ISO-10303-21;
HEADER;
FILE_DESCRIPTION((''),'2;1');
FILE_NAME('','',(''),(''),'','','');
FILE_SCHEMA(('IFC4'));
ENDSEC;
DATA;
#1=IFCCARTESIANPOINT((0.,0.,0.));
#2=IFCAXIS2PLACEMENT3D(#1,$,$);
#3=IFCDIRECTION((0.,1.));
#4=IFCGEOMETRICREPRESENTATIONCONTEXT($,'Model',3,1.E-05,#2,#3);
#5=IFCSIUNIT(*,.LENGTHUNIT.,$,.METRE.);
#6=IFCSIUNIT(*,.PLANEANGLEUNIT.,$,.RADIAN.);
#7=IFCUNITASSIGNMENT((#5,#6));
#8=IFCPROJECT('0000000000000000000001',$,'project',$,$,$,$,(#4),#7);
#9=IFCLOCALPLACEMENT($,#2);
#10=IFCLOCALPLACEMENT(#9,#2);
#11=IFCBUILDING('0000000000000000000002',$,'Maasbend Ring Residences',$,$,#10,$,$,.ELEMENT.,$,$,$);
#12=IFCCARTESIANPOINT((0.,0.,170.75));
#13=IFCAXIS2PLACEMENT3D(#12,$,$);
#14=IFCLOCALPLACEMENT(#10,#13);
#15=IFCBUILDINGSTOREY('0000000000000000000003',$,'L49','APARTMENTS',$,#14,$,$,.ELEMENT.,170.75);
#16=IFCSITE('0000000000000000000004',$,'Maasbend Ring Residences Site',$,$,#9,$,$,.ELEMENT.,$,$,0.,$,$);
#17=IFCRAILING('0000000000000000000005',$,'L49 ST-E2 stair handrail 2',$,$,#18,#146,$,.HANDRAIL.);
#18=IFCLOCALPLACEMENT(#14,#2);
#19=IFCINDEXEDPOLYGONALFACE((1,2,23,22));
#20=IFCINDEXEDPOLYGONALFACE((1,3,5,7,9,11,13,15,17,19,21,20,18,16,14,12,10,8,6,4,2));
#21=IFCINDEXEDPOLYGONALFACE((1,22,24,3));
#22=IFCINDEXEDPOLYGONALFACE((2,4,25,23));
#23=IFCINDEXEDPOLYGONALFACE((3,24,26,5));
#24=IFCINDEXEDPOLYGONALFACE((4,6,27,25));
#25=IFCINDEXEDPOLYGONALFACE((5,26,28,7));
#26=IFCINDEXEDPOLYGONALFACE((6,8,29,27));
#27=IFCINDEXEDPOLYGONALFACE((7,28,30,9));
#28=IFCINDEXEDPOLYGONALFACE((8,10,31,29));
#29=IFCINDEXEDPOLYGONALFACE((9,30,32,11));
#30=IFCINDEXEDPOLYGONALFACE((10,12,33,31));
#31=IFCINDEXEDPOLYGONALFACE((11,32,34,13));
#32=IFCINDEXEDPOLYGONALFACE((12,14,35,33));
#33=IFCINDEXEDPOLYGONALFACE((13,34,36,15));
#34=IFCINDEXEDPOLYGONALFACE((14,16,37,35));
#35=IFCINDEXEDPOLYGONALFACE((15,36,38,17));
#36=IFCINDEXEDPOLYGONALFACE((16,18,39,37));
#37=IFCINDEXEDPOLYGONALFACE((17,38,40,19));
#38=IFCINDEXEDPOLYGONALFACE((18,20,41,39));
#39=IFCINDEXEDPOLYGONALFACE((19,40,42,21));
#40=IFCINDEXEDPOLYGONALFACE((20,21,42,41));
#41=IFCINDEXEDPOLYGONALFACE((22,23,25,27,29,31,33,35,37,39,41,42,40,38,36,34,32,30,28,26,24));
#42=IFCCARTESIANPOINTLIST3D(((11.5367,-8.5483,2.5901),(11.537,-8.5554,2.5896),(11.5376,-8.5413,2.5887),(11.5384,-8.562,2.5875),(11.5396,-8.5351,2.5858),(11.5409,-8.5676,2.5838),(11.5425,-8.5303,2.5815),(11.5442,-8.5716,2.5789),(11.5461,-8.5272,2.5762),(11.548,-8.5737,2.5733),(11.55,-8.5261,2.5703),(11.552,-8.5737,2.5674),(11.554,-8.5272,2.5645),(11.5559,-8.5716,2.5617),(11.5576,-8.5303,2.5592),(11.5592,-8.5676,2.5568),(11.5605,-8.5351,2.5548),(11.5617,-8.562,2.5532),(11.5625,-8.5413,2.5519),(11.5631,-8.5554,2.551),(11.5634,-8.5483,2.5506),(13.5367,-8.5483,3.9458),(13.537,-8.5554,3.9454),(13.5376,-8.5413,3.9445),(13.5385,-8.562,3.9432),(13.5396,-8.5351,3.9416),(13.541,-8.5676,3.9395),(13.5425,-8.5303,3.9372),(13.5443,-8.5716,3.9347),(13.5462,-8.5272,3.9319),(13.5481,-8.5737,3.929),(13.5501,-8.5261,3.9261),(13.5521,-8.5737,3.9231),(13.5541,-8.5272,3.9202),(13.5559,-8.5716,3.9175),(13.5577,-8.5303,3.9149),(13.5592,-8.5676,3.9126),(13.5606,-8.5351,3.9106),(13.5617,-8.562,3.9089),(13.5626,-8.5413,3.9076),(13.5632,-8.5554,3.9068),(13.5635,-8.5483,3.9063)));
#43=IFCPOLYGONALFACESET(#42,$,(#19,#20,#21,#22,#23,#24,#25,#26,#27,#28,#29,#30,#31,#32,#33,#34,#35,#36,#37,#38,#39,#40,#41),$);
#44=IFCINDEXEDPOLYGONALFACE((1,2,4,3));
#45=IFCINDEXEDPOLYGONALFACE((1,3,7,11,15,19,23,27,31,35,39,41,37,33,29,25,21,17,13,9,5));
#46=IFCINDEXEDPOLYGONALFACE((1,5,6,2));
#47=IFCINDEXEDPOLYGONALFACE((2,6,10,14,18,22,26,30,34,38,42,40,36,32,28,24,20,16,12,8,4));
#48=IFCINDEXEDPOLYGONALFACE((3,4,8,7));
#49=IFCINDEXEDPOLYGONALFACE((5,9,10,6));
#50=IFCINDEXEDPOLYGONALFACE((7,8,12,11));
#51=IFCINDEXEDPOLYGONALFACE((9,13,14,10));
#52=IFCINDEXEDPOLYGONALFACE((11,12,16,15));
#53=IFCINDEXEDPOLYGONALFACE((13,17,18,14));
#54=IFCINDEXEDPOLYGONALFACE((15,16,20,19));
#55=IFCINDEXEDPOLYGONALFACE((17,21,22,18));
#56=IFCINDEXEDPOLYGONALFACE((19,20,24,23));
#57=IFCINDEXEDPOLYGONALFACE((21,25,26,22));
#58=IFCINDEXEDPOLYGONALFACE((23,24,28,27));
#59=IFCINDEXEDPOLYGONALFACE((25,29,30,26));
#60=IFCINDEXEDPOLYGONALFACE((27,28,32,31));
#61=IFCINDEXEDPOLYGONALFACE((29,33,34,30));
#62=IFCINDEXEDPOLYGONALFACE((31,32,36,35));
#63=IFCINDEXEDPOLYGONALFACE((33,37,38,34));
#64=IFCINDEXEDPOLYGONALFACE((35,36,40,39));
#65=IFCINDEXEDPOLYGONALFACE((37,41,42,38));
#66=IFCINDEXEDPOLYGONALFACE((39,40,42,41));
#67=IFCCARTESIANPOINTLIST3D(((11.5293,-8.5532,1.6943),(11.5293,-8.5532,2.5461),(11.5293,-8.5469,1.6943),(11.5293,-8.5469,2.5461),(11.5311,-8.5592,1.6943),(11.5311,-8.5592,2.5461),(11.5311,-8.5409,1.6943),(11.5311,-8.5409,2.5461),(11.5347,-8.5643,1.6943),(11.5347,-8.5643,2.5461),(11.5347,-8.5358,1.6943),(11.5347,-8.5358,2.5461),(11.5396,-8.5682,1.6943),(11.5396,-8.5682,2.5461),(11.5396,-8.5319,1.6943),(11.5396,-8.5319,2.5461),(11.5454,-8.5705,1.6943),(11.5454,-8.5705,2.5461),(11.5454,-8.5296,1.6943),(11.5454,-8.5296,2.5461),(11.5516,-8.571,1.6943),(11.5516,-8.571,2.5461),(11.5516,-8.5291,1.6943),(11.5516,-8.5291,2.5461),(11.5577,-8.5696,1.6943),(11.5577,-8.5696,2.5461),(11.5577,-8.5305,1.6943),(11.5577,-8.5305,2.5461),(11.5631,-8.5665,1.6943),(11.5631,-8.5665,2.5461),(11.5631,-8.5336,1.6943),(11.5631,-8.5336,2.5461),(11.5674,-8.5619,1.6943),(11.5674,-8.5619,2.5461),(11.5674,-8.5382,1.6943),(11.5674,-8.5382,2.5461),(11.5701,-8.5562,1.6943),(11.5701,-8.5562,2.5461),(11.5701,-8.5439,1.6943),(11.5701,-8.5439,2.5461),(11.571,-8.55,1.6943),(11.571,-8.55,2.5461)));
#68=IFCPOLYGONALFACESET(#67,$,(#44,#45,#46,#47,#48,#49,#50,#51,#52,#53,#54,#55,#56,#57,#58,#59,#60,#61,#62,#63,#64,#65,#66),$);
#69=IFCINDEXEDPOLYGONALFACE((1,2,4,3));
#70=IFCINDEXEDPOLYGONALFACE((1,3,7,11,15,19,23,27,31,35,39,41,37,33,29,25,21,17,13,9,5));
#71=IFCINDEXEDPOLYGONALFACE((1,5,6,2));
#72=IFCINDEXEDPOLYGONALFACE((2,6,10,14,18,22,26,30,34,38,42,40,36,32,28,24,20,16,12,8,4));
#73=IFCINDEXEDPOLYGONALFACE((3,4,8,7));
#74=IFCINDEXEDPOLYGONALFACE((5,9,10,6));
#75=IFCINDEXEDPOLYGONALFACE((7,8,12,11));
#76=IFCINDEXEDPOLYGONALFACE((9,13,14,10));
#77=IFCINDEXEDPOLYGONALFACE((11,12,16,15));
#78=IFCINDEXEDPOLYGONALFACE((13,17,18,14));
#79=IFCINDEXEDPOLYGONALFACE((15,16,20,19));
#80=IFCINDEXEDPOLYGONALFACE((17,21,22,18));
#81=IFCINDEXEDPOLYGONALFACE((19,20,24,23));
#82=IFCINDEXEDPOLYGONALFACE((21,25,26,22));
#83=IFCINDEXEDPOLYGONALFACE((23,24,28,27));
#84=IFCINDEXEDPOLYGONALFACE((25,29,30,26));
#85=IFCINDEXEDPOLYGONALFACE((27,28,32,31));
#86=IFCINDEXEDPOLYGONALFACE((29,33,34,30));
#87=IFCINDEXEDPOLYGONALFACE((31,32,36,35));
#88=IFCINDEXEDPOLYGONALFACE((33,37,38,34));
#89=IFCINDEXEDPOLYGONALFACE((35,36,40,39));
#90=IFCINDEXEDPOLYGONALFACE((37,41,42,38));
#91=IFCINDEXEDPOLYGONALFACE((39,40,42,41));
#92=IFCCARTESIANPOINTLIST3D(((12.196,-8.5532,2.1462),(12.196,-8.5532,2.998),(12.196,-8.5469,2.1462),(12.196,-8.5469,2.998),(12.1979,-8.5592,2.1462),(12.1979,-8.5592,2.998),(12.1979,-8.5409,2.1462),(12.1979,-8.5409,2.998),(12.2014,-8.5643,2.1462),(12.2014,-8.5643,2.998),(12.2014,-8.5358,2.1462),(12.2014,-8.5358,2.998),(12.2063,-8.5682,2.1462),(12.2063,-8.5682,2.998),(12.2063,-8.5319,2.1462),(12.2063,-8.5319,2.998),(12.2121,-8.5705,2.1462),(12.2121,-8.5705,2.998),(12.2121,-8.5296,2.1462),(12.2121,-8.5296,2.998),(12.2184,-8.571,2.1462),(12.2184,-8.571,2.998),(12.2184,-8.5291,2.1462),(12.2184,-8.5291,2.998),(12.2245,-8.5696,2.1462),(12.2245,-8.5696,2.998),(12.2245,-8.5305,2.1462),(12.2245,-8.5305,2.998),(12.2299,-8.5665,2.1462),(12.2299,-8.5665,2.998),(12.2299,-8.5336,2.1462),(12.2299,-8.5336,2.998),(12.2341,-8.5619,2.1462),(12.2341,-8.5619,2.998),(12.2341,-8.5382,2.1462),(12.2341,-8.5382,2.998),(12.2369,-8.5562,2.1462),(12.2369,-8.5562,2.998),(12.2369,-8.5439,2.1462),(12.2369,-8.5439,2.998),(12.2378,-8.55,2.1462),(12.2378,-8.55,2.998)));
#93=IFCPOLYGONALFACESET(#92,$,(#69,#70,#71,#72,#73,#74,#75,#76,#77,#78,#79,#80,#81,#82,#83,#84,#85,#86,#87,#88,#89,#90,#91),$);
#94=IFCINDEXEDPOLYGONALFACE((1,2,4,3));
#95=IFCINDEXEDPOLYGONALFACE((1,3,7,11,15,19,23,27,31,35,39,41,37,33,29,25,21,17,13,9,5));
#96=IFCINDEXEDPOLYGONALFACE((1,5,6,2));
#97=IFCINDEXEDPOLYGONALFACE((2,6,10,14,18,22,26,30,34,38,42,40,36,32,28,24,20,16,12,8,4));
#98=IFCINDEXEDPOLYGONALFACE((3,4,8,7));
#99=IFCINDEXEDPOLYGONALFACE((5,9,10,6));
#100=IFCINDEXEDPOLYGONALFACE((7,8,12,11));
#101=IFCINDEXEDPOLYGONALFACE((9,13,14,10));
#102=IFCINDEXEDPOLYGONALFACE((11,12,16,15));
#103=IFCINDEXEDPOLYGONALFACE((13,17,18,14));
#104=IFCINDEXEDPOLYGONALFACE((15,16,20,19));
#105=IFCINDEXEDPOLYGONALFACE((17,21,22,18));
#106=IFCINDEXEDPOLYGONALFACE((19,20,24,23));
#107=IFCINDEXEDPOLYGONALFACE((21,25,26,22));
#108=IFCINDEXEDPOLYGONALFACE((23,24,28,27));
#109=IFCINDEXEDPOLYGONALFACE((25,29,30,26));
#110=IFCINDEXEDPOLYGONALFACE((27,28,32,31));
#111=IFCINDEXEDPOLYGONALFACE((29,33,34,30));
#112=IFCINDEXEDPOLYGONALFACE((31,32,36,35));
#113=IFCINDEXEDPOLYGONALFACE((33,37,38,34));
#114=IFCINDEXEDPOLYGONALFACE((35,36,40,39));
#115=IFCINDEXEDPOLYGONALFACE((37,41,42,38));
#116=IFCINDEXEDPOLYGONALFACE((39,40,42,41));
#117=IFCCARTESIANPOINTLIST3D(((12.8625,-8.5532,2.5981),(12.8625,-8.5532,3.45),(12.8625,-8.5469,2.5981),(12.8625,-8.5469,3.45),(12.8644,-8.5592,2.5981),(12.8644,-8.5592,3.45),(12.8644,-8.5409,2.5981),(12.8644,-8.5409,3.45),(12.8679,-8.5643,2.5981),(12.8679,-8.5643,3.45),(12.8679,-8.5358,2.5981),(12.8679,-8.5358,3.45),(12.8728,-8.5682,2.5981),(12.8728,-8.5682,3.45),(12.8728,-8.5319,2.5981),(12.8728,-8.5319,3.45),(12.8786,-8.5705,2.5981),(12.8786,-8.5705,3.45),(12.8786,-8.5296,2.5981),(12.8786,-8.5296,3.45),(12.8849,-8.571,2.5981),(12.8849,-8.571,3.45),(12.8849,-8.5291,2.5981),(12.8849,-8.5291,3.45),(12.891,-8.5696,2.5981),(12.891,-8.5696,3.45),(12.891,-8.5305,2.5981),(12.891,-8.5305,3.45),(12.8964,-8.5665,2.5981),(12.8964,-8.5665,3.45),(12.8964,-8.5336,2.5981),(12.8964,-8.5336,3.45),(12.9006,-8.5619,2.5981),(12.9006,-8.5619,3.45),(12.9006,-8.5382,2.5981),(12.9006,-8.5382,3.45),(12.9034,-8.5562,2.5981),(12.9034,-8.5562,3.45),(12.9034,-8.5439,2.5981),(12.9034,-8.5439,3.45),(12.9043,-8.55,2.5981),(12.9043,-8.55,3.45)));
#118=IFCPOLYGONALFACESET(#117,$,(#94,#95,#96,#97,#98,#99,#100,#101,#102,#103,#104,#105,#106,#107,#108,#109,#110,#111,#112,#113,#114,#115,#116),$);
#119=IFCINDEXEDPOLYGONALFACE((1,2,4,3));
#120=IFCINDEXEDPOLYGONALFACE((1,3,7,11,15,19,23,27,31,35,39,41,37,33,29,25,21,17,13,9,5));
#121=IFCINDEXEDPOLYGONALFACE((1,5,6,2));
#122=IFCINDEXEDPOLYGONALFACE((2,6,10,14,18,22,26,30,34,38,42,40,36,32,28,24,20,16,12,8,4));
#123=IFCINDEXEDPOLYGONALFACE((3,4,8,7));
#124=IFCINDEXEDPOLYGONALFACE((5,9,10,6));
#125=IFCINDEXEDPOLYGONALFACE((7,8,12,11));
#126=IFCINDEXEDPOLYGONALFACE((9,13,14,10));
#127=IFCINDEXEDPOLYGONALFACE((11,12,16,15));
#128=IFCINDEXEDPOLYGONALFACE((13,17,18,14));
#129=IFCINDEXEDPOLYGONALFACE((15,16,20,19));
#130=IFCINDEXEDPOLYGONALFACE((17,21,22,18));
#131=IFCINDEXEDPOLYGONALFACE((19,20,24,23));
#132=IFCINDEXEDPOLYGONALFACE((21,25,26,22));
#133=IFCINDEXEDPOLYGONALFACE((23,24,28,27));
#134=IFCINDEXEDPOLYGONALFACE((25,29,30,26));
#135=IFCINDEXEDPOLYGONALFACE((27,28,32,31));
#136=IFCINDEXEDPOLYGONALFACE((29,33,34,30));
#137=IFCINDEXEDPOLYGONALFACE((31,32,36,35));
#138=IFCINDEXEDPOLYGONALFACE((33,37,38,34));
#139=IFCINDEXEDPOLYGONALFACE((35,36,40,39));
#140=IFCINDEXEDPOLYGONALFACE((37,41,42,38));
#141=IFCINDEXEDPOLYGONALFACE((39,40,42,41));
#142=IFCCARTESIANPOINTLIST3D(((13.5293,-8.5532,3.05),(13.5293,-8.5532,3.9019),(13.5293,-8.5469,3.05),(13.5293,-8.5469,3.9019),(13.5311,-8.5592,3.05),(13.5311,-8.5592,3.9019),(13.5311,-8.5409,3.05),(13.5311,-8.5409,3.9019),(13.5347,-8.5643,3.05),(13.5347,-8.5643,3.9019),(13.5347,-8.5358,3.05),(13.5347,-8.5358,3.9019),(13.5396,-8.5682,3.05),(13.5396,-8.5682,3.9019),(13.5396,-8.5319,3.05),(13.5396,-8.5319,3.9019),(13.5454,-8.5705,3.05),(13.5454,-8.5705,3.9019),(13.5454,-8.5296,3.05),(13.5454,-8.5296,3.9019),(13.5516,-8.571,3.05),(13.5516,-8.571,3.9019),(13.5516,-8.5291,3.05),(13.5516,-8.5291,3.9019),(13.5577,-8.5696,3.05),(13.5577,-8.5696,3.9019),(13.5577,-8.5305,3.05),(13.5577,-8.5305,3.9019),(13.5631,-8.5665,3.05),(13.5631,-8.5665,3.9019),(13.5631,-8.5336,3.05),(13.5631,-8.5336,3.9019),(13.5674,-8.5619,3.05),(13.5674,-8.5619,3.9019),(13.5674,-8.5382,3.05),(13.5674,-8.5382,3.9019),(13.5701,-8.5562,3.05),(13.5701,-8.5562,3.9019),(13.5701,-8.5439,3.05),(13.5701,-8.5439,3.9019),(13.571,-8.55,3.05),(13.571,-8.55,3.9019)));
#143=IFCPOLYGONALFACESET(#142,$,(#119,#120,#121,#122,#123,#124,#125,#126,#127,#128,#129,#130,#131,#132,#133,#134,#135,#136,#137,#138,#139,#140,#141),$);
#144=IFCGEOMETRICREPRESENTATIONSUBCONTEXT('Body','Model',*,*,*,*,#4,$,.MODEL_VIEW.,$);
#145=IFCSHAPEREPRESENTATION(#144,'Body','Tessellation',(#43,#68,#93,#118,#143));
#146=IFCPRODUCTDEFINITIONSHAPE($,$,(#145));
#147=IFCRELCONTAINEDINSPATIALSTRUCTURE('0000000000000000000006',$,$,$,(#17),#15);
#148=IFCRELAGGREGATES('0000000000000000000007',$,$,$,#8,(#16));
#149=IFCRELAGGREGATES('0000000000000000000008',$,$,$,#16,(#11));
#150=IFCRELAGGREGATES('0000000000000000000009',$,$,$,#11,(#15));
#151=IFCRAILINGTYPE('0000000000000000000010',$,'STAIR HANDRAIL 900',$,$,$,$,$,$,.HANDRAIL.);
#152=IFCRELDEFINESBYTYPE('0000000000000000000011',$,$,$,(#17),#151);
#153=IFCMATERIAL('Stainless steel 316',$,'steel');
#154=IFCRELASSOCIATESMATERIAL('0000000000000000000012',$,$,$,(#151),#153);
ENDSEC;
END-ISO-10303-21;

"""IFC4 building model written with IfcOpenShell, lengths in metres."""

from ifc_helpers import new_model, si_unit, direction, frame, origin, origin_2d, place, context, subcontext, project, spatial, circle, extrude, material, type_object, element, save


model = new_model("IFC4")

# Units and contexts
model_context = context("Model", 3, precision=1e-05, world=origin(), true_north=direction((0.0, 1.0)))
body_context = subcontext(model_context, "Body", "Model", "MODEL_VIEW")
ifc_project = project(units=[si_unit("LENGTHUNIT", "METRE"), si_unit("PLANEANGLEUNIT", "RADIAN")], contexts=[model_context])

# Site, building, storey
site_placement = place(None, origin())
site = spatial("IfcSite", under=ifc_project, at=site_placement, Name="Maasbend Ring Residences Site", CompositionType="ELEMENT", RefElevation=0.0)
building_placement = place(site_placement, origin())
building = spatial("IfcBuilding", under=site, at=building_placement, Name="Maasbend Ring Residences", CompositionType="ELEMENT")
storey_placement = place(building_placement, frame((0.0, 0.0, 170.75)))
storey = spatial("IfcBuildingStorey", under=building, at=storey_placement, Name="L49", Description="APARTMENTS", CompositionType="ELEMENT", Elevation=170.75)

# Railing
ifc_material_1 = material(Name="Stainless steel 316", Category="steel")
railing_type = type_object("IfcRailingType", Name="STAIR HANDRAIL 900", PredefinedType="HANDRAIL", material=ifc_material_1)
railing_1_placement = place(storey_placement, frame((11.55, -8.55, 1.6943)))
element("IfcRailing", 1, at=railing_1_placement, inside=storey, type_object=railing_type, Name="L49 ST-E2 stair handrail 2", PredefinedType="HANDRAIL", context=body_context, shape_type="SweptSolid", body=[
    extrude(circle(Radius=0.0239, at=origin_2d()), frame((0.0, 0.0, 0.876), z_axis=(0.827751, 0.0, 0.561096), x_axis=(0.0, 1.0, 0.0)), (0.0, 0.0, 1.0), 2.4163),
    extrude(circle(Radius=0.021, at=origin_2d()), origin(), (0.0, 0.0, 1.0), 0.8518),
    extrude(circle(Radius=0.021, at=origin_2d()), frame((0.6667, 0.0, 0.4519)), (0.0, 0.0, 1.0), 0.8518),
    extrude(circle(Radius=0.021, at=origin_2d()), frame((1.3333, 0.0, 0.9038)), (0.0, 0.0, 1.0), 0.8518),
    extrude(circle(Radius=0.021, at=origin_2d()), frame((2.0, 0.0, 1.3557)), (0.0, 0.0, 1.0), 0.8518),
])

save(model, "model.ifc")
